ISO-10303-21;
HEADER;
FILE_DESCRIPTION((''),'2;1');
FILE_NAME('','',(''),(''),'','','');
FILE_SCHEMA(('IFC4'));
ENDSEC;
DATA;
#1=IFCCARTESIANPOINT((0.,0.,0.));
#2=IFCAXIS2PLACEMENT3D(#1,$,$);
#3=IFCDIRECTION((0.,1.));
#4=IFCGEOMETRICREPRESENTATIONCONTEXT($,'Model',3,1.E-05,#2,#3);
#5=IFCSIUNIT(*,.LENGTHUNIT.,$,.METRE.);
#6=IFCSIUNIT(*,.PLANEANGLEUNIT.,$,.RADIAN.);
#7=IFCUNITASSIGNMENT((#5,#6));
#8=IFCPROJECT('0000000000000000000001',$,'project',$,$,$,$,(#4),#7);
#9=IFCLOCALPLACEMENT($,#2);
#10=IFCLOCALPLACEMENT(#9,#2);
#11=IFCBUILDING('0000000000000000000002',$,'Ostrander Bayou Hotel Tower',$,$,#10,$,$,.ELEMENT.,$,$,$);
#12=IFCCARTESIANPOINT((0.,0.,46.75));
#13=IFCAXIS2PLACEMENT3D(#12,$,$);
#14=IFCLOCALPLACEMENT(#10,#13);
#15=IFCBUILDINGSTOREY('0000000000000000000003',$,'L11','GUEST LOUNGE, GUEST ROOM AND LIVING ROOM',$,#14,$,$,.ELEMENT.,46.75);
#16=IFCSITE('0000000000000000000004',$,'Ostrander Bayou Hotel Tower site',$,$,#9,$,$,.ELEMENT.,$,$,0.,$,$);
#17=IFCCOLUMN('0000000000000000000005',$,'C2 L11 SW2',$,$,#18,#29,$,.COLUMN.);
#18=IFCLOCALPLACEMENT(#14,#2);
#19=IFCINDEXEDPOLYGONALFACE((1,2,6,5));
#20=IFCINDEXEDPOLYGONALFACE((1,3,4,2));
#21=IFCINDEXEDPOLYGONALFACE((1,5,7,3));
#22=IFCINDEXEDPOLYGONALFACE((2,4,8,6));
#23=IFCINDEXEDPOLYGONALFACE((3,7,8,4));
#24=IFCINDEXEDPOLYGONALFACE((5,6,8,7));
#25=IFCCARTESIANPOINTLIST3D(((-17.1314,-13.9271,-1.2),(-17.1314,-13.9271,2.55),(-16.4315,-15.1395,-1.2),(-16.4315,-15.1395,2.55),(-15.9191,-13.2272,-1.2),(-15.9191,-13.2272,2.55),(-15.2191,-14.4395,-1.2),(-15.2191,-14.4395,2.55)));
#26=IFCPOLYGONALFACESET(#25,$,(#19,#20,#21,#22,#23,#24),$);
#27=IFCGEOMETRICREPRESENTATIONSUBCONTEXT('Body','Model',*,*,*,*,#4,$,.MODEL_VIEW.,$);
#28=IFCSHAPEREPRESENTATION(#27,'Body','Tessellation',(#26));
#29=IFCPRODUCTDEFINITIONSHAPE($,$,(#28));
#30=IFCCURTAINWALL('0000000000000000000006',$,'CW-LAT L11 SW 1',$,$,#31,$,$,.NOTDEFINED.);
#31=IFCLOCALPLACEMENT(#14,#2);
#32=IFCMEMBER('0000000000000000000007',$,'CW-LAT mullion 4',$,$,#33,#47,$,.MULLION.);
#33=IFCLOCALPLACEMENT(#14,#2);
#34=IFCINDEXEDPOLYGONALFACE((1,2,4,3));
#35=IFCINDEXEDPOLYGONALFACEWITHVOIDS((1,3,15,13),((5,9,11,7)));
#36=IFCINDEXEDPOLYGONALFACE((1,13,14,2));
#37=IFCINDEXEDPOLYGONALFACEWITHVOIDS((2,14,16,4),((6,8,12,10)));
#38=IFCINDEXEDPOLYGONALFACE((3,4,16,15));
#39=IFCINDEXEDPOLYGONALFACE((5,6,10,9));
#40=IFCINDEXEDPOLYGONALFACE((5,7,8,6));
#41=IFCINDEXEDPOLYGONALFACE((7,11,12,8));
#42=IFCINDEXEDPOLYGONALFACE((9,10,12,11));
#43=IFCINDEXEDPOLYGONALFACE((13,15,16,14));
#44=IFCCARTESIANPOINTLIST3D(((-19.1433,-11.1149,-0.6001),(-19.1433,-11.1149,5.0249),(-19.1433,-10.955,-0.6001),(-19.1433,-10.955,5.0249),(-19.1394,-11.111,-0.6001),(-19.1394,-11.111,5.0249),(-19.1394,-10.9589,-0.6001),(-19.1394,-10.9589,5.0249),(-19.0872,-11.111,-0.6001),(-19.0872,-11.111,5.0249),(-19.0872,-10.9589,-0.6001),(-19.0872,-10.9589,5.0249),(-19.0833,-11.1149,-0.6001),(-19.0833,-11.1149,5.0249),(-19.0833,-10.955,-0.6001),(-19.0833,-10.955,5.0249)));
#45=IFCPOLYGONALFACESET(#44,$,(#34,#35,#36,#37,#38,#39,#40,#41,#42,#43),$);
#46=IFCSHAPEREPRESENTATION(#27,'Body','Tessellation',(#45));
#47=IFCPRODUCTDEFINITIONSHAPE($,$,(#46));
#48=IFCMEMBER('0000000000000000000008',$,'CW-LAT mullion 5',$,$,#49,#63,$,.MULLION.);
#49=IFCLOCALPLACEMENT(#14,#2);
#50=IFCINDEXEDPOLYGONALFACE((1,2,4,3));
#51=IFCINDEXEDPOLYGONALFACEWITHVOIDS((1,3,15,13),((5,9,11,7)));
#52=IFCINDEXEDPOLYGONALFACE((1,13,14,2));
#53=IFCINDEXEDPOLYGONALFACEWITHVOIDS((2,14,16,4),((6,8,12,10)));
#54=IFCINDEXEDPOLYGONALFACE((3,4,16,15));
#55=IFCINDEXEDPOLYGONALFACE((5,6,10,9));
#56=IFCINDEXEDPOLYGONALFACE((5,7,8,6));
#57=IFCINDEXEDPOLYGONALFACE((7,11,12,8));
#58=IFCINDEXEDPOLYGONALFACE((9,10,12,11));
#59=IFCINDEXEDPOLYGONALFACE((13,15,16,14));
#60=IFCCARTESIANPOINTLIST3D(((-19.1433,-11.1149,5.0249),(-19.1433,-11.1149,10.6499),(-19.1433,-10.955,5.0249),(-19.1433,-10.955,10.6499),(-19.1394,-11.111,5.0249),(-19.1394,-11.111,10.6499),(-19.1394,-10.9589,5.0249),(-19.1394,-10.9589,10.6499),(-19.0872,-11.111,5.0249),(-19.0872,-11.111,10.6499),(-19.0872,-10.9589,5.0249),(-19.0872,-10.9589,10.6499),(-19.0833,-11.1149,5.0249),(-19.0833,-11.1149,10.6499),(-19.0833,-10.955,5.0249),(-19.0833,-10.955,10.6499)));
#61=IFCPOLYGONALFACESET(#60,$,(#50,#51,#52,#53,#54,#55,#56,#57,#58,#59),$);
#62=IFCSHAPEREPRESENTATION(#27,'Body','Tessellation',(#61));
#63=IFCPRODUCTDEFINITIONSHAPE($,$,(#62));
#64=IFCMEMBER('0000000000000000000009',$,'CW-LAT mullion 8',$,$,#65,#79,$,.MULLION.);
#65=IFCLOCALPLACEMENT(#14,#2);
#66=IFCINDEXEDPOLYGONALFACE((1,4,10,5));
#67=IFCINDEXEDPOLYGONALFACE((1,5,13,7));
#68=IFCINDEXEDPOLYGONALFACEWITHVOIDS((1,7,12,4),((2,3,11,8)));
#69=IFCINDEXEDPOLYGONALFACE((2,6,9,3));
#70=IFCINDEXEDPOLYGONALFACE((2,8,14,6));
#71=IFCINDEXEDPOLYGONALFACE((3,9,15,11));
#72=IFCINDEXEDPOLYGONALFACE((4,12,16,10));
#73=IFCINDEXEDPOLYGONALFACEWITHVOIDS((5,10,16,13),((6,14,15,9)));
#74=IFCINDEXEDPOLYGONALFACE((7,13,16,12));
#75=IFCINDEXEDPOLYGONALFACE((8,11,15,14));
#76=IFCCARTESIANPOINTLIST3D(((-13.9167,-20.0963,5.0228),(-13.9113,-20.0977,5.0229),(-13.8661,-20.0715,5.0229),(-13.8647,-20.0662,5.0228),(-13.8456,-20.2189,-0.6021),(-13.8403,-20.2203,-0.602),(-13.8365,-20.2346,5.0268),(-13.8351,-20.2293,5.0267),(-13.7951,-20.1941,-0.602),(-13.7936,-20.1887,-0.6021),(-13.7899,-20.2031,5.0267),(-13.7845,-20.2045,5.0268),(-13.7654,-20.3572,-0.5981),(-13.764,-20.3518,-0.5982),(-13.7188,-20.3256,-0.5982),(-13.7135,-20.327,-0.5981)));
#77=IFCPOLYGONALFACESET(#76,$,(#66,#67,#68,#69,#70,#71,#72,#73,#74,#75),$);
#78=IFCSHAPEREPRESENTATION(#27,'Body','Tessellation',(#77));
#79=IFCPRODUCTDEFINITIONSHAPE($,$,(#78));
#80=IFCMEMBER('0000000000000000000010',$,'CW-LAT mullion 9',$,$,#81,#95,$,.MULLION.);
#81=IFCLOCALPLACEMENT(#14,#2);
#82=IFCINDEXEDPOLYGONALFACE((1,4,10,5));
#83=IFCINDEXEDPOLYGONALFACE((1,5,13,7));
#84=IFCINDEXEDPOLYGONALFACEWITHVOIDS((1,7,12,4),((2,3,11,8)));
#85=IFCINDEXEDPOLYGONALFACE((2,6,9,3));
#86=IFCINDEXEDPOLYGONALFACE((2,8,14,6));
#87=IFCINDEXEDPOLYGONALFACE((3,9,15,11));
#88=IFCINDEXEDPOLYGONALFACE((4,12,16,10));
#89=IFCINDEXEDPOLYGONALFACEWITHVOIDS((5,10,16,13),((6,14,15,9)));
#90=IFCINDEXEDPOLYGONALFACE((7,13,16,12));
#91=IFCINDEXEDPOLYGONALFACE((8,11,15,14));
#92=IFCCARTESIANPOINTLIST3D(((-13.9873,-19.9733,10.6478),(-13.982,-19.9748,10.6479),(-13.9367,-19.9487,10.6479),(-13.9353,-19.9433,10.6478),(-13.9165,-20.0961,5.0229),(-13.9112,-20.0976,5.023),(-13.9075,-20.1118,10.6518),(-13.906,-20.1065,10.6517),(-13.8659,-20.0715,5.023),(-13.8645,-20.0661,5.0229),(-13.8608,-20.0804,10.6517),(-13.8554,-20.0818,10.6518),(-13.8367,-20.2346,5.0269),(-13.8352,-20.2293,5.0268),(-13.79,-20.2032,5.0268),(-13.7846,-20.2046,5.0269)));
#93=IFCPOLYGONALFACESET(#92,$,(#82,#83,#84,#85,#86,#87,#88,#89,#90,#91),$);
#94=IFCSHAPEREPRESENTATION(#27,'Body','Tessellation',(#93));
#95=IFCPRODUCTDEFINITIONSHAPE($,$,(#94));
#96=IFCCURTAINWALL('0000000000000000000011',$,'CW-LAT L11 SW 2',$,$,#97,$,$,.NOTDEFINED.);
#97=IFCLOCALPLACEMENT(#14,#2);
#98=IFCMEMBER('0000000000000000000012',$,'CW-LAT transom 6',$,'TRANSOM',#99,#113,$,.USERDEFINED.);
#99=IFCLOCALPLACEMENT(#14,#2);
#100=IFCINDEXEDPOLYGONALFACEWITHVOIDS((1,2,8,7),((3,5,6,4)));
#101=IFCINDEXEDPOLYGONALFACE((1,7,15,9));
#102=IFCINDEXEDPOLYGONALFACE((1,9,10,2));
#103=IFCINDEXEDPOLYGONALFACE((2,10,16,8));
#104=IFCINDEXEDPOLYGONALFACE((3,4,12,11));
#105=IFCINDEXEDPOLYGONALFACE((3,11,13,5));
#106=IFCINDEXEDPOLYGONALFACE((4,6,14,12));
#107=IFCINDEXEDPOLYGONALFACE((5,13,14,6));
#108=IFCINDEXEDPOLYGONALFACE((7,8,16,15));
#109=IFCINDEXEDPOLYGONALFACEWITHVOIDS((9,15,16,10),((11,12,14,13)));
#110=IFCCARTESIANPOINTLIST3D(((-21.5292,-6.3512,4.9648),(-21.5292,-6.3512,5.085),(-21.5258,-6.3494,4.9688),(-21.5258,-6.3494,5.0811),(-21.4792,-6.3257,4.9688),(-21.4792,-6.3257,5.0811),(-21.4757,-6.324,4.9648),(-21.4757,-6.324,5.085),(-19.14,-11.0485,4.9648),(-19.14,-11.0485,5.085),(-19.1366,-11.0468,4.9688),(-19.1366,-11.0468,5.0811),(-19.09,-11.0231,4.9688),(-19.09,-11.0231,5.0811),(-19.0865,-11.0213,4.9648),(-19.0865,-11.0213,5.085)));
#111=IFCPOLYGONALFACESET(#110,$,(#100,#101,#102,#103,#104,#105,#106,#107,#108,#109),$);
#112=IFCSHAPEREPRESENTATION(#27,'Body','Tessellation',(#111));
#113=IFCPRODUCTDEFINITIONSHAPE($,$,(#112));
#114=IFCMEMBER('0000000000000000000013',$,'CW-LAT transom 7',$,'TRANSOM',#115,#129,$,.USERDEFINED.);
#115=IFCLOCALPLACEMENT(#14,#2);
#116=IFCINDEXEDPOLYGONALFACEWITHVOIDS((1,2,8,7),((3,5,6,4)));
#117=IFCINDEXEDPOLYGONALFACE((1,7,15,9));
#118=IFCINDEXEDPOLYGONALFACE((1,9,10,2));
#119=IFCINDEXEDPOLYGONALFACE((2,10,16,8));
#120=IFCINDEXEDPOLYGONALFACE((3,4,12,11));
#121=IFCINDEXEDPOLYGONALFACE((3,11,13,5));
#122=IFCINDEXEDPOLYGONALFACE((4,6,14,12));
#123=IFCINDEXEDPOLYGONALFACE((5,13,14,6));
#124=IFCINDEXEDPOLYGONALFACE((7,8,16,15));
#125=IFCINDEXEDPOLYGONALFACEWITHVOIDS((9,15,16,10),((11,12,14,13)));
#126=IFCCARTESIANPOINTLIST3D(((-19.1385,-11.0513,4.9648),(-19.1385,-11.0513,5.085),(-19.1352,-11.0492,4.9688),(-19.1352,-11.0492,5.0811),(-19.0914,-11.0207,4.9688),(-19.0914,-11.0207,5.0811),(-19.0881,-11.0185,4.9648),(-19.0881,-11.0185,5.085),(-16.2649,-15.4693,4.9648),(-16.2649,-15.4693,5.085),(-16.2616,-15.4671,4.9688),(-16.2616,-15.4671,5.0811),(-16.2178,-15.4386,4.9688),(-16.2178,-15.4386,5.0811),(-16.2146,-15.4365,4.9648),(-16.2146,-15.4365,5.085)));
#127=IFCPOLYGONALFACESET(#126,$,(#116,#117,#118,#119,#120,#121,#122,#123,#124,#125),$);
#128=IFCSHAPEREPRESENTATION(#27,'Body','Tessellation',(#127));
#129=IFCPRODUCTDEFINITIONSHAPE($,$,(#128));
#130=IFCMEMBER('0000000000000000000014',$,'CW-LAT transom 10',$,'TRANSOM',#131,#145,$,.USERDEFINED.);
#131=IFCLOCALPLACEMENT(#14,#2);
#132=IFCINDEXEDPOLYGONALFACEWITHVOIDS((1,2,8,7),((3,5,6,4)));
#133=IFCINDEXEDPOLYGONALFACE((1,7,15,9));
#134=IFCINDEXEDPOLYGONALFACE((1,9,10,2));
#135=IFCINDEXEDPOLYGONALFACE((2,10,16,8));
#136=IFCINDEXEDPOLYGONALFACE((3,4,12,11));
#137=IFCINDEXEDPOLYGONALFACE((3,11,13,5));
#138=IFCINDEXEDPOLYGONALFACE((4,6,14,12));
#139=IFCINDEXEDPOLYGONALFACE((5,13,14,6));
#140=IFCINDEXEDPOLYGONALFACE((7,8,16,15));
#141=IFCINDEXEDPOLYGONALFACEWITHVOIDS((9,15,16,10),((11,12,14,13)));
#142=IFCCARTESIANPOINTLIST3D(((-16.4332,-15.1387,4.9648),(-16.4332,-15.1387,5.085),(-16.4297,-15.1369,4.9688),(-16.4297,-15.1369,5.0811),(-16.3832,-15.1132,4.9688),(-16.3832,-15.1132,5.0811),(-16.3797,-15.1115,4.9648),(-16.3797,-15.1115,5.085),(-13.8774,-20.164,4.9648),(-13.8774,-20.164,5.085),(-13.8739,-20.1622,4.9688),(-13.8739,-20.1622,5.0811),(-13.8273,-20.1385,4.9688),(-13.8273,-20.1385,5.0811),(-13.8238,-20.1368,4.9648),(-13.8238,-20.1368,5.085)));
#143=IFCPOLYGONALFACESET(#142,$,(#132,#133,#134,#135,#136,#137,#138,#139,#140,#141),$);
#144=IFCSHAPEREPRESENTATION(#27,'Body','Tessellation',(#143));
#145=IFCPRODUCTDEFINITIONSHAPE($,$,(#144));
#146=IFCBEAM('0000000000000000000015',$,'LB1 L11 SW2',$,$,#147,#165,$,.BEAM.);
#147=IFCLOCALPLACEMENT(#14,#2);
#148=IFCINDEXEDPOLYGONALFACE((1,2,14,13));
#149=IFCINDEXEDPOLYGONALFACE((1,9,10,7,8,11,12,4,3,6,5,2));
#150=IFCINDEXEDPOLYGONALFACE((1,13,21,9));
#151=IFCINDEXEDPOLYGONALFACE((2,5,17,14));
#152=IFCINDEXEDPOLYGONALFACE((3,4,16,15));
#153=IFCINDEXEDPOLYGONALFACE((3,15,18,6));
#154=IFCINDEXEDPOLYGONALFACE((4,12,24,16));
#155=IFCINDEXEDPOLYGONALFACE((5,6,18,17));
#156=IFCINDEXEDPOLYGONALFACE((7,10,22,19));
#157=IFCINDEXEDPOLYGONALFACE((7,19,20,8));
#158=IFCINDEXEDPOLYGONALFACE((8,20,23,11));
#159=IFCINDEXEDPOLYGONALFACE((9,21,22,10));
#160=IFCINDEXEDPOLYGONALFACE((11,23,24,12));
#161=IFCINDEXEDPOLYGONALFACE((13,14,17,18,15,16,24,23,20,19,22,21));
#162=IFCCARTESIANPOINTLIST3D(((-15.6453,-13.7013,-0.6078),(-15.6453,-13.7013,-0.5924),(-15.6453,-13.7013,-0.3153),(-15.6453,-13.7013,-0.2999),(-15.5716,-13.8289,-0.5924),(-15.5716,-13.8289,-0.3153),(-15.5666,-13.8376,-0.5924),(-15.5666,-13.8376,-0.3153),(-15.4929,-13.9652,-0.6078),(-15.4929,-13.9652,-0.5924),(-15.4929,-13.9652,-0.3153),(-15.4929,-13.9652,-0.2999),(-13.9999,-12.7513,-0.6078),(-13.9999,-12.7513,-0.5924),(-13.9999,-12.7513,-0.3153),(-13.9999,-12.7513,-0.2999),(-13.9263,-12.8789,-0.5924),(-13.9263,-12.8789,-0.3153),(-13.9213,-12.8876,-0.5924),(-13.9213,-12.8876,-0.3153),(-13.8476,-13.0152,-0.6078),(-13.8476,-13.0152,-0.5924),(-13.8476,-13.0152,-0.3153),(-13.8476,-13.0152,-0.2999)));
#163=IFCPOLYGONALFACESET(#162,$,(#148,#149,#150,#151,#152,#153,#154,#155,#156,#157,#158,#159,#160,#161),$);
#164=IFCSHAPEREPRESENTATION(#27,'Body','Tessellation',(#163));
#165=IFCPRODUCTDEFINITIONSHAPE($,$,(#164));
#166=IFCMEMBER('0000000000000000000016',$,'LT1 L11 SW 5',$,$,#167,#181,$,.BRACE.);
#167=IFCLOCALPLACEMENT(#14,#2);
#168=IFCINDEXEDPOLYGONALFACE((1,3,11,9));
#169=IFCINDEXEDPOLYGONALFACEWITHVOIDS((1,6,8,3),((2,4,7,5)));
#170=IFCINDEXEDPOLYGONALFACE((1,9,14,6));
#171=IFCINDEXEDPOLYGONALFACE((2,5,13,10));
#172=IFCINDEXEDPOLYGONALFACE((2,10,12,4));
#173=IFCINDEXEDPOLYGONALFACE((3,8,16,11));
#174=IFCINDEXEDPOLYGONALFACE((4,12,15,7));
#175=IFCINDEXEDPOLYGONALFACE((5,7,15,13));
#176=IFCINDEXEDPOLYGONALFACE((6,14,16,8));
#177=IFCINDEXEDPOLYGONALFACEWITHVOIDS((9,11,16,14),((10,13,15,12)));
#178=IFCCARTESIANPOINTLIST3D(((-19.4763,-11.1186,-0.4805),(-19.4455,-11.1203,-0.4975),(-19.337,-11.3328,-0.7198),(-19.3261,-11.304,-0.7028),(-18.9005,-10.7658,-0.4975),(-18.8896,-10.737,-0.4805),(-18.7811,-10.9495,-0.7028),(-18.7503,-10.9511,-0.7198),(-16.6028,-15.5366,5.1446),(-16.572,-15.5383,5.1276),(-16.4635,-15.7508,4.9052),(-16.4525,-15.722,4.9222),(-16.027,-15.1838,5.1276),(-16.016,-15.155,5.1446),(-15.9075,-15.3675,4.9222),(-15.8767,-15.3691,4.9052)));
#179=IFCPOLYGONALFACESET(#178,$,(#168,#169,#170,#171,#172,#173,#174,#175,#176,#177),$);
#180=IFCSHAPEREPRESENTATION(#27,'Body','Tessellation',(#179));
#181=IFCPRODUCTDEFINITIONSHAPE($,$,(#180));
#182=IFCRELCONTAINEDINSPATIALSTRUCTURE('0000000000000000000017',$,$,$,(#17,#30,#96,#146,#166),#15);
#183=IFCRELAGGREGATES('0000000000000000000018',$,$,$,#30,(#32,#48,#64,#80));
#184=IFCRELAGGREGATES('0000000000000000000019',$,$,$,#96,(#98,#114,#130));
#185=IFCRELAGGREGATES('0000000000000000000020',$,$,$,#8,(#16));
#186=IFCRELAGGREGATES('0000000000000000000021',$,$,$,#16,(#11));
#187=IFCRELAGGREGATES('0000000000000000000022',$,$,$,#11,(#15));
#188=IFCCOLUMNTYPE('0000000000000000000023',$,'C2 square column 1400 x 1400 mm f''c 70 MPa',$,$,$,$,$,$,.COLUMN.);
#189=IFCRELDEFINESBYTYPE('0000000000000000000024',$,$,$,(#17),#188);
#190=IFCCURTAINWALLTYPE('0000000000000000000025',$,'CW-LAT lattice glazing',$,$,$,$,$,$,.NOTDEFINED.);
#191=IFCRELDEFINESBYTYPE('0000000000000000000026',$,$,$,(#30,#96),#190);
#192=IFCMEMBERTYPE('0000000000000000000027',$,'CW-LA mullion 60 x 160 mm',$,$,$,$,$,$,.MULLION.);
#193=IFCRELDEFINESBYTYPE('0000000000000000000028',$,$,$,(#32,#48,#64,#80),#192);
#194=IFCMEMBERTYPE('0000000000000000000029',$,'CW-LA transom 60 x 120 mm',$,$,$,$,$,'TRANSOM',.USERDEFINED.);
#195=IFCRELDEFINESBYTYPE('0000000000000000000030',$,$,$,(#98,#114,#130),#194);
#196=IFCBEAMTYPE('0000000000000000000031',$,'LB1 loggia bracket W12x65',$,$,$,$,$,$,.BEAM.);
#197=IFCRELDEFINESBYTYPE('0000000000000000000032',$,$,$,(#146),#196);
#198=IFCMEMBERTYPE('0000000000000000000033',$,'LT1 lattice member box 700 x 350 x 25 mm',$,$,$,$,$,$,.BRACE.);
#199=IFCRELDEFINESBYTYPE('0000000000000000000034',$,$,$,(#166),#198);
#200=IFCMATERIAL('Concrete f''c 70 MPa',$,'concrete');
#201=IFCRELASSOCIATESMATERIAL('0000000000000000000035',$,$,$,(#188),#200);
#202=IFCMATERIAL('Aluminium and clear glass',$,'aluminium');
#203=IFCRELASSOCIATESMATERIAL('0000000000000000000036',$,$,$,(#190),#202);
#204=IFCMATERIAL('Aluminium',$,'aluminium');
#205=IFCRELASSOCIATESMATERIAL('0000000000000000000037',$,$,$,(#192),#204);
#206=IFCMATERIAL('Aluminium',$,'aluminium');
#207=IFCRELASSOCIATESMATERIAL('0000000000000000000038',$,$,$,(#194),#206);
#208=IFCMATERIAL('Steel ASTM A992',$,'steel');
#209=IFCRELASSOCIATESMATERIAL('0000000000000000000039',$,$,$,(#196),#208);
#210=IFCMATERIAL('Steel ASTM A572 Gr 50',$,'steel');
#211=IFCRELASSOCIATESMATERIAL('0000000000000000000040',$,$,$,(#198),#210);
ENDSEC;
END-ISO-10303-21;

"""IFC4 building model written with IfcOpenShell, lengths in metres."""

from ifc_helpers import new_model, si_unit, direction, frame, origin, origin_2d, place, context, subcontext, project, spatial, rectangle, hollow_rectangle, i_section, extrude, material, material_profile, profile_set, type_object, element, aggregate, save


model = new_model("IFC4")

# Units and contexts
model_context = context("Model", 3, precision=1e-05, world=origin(), true_north=direction((0.0, 1.0)))
body_context = subcontext(model_context, "Body", "Model", "MODEL_VIEW")
ifc_project = project(units=[si_unit("LENGTHUNIT", "METRE"), si_unit("PLANEANGLEUNIT", "RADIAN")], contexts=[model_context])

# Site, building, storey
site_placement = place(None, origin())
site = spatial("IfcSite", under=ifc_project, at=site_placement, Name="Ostrander Bayou Hotel Tower site", CompositionType="ELEMENT", RefElevation=0.0)
building_placement = place(site_placement, origin())
building = spatial("IfcBuilding", under=site, at=building_placement, Name="Ostrander Bayou Hotel Tower", CompositionType="ELEMENT")
storey_placement = place(building_placement, frame((0.0, 0.0, 46.75)))
storey = spatial("IfcBuildingStorey", under=building, at=storey_placement, Name="L11", Description="GUEST LOUNGE, GUEST ROOM AND LIVING ROOM", CompositionType="ELEMENT", Elevation=46.75)

# Column
ifc_material_1 = material(Name="Concrete f'c 70 MPa", Category="concrete")
ifc_material_profile_1 = material_profile(ifc_material_1, rectangle(XDim=1.3999, YDim=1.3999, at=origin_2d()))
ifc_profile_set_1 = profile_set([ifc_material_profile_1], Name="Concrete f'c 70 MPa")
column_type = type_object("IfcColumnType", Name="C2 square column 1400 x 1400 mm f'c 70 MPa", PredefinedType="COLUMN", material=ifc_profile_set_1)
column_placement = place(storey_placement, frame((-16.1753, -14.1833, -1.2), z_axis=(0.0, 0.0, 1.0), x_axis=(-0.5, 0.866025, 0.0)))
element("IfcColumn", 1, at=column_placement, inside=storey, type_object=column_type, Name="C2 L11 SW2", PredefinedType="COLUMN", context=body_context, shape_type="SweptSolid", body=[
    extrude(rectangle(XDim=1.3999, YDim=1.3999, at=origin_2d()), origin(), (0.0, 0.0, 1.0), 3.75),
])

# Curtain walls, members
ifc_material_2 = material(Name="Aluminium and clear glass", Category="aluminium")
curtain_wall_type = type_object("IfcCurtainWallType", Name="CW-LAT lattice glazing", PredefinedType="NOTDEFINED", material=ifc_material_2)
curtain_wall_1_placement = place(storey_placement, origin())
curtain_wall_1 = element("IfcCurtainWall", 2, at=curtain_wall_1_placement, inside=storey, type_object=curtain_wall_type, Name="CW-LAT L11 SW 1", PredefinedType="NOTDEFINED")
ifc_material_3 = material(Name="Aluminium", Category="aluminium")
ifc_material_profile_2 = material_profile(ifc_material_3, hollow_rectangle(XDim=0.0601, YDim=0.1599, WallThickness=0.0039, at=origin_2d()))
ifc_profile_set_2 = profile_set([ifc_material_profile_2], Name="Aluminium")
member_type_1 = type_object("IfcMemberType", Name="CW-LA mullion 60 x 160 mm", PredefinedType="MULLION", material=ifc_profile_set_2)
member_1_placement = place(storey_placement, frame((-19.1133, -11.0349, -0.6001), z_axis=(0.0, 0.0, 1.0), x_axis=(1.0, 0.0, 0.0)))
member_1 = element("IfcMember", 3, at=member_1_placement, type_object=member_type_1, Name="CW-LAT mullion 4", PredefinedType="MULLION", context=body_context, shape_type="SweptSolid", body=[
    extrude(hollow_rectangle(XDim=0.0601, YDim=0.1599, WallThickness=0.0039, at=origin_2d()), origin(), (0.0, 0.0, 1.0), 5.625),
])
member_2_placement = place(storey_placement, frame((-19.1133, -11.0349, 5.0249), z_axis=(0.0, 0.0, 1.0), x_axis=(1.0, 0.0, 0.0)))
member_2 = element("IfcMember", 4, at=member_2_placement, type_object=member_type_1, Name="CW-LAT mullion 5", PredefinedType="MULLION", context=body_context, shape_type="SweptSolid", body=[
    extrude(hollow_rectangle(XDim=0.0601, YDim=0.1599, WallThickness=0.0039, at=origin_2d()), origin(), (0.0, 0.0, 1.0), 5.625),
])
member_3_placement = place(storey_placement, frame((-13.7795, -20.2729, -0.6001), z_axis=(-0.012626, 0.021781, 0.999683), x_axis=(-0.865151, -0.501512, 0.0)))
member_3 = element("IfcMember", 5, at=member_3_placement, type_object=member_type_1, Name="CW-LAT mullion 8", PredefinedType="MULLION", context=body_context, shape_type="SweptSolid", body=[
    extrude(hollow_rectangle(XDim=0.0601, YDim=0.1599, WallThickness=0.0039, at=origin_2d()), origin(), (0.0, 0.0, 1.0), 5.6267),
])
member_4_placement = place(storey_placement, frame((-13.8506, -20.1504, 5.0249), z_axis=(-0.012583, 0.021825, 0.999683), x_axis=(-0.866329, -0.499474, 0.0)))
member_4 = element("IfcMember", 6, at=member_4_placement, type_object=member_type_1, Name="CW-LAT mullion 9", PredefinedType="MULLION", context=body_context, shape_type="SweptSolid", body=[
    extrude(hollow_rectangle(XDim=0.0601, YDim=0.1599, WallThickness=0.0039, at=origin_2d()), origin(), (0.0, 0.0, 1.0), 5.6267),
])
curtain_wall_2_placement = place(storey_placement, origin())
curtain_wall_2 = element("IfcCurtainWall", 7, at=curtain_wall_2_placement, inside=storey, type_object=curtain_wall_type, Name="CW-LAT L11 SW 2", PredefinedType="NOTDEFINED")
ifc_material_4 = material(Name="Aluminium", Category="aluminium")
ifc_material_profile_3 = material_profile(ifc_material_4, hollow_rectangle(XDim=0.0601, YDim=0.1201, WallThickness=0.0039, at=origin_2d()))
ifc_profile_set_3 = profile_set([ifc_material_profile_3], Name="Aluminium")
member_type_2 = type_object("IfcMemberType", Name="CW-LA transom 60 x 120 mm", ElementType="TRANSOM", PredefinedType="USERDEFINED", material=ifc_profile_set_3)
member_5_placement = place(storey_placement, frame((-19.1133, -11.0349, 5.0249), z_axis=(-0.453355, 0.89133, 0.0), x_axis=(-0.89133, -0.453355, 0.0)))
member_5 = element("IfcMember", 8, at=member_5_placement, type_object=member_type_2, Name="CW-LAT transom 6", ObjectType="TRANSOM", PredefinedType="USERDEFINED", context=body_context, shape_type="SweptSolid", body=[
    extrude(hollow_rectangle(XDim=0.0601, YDim=0.1201, WallThickness=0.0039, at=origin_2d()), origin(), (0.0, 0.0, 1.0), 5.27),
])
member_6_placement = place(storey_placement, frame((-19.1133, -11.0349, 5.0249), z_axis=(0.545236, -0.838283, 0.0), x_axis=(0.838283, 0.545236, 0.0)))
member_6 = element("IfcMember", 9, at=member_6_placement, type_object=member_type_2, Name="CW-LAT transom 7", ObjectType="TRANSOM", PredefinedType="USERDEFINED", context=body_context, shape_type="SweptSolid", body=[
    extrude(hollow_rectangle(XDim=0.0601, YDim=0.1201, WallThickness=0.0039, at=origin_2d()), origin(), (0.0, 0.0, 1.0), 5.2703),
])
member_7_placement = place(storey_placement, frame((-13.8506, -20.1504, 5.0249), z_axis=(-0.453335, 0.89134, 0.0), x_axis=(-0.89134, -0.453335, 0.0)))
member_7 = element("IfcMember", 10, at=member_7_placement, type_object=member_type_2, Name="CW-LAT transom 10", ObjectType="TRANSOM", PredefinedType="USERDEFINED", context=body_context, shape_type="SweptSolid", body=[
    extrude(hollow_rectangle(XDim=0.0601, YDim=0.1201, WallThickness=0.0039, at=origin_2d()), origin(), (0.0, 0.0, 1.0), 5.6379),
])

# Beam
ifc_material_5 = material(Name="Steel ASTM A992", Category="steel")
ifc_material_profile_4 = material_profile(ifc_material_5, i_section(OverallWidth=0.3047, OverallDepth=0.3079, WebThickness=0.01, FlangeThickness=0.0154, at=origin_2d()))
ifc_profile_set_4 = profile_set([ifc_material_profile_4], Name="Steel ASTM A992")
beam_type_1 = type_object("IfcBeamType", Name="LB1 loggia bracket W12x65", PredefinedType="BEAM", material=ifc_profile_set_4)
beam_1_placement = place(storey_placement, frame((-15.5691, -13.8333, -0.4539), z_axis=(0.866012, 0.500023, 0.0), x_axis=(-0.500023, 0.866012, 0.0)))
element("IfcBeam", 11, at=beam_1_placement, inside=storey, type_object=beam_type_1, Name="LB1 L11 SW2", PredefinedType="BEAM", context=body_context, shape_type="SweptSolid", body=[
    extrude(i_section(OverallWidth=0.3047, OverallDepth=0.3079, WebThickness=0.01, FlangeThickness=0.0154, at=origin_2d()), origin(), (0.0, 0.0, 1.0), 1.8999),
])

# Member
ifc_material_6 = material(Name="Steel ASTM A572 Gr 50", Category="steel")
ifc_material_profile_5 = material_profile(ifc_material_6, hollow_rectangle(XDim=0.7, YDim=0.3501, WallThickness=0.0249, at=origin_2d()))
ifc_profile_set_5 = profile_set([ifc_material_profile_5], Name="Steel ASTM A572 Gr 50")
member_type_3 = type_object("IfcMemberType", Name="LT1 lattice member box 700 x 350 x 25 mm", PredefinedType="BRACE", material=ifc_profile_set_5)
for number, where, z_axis, x_axis, name in (
    (12, (-16.2397, -15.4529, 5.0249), (-0.37279, 0.573152, -0.729743), (-0.838283, -0.545236, 0.0), "LT1 L11 SW 5"),
):
    element("IfcMember", number, at=place(storey_placement, frame(where, z_axis=z_axis, x_axis=x_axis)), inside=storey, type_object=member_type_3, Name=name, PredefinedType="BRACE", context=body_context, shape_type="SweptSolid", body=[
        extrude(hollow_rectangle(XDim=0.7, YDim=0.3501, WallThickness=0.0249, at=origin_2d()), origin(), (0.0, 0.0, 1.0), 7.7083),
    ])

aggregate(curtain_wall_1, [member_1, member_2, member_3, member_4])
aggregate(curtain_wall_2, [member_5, member_6, member_7])

save(model, "model.ifc")
